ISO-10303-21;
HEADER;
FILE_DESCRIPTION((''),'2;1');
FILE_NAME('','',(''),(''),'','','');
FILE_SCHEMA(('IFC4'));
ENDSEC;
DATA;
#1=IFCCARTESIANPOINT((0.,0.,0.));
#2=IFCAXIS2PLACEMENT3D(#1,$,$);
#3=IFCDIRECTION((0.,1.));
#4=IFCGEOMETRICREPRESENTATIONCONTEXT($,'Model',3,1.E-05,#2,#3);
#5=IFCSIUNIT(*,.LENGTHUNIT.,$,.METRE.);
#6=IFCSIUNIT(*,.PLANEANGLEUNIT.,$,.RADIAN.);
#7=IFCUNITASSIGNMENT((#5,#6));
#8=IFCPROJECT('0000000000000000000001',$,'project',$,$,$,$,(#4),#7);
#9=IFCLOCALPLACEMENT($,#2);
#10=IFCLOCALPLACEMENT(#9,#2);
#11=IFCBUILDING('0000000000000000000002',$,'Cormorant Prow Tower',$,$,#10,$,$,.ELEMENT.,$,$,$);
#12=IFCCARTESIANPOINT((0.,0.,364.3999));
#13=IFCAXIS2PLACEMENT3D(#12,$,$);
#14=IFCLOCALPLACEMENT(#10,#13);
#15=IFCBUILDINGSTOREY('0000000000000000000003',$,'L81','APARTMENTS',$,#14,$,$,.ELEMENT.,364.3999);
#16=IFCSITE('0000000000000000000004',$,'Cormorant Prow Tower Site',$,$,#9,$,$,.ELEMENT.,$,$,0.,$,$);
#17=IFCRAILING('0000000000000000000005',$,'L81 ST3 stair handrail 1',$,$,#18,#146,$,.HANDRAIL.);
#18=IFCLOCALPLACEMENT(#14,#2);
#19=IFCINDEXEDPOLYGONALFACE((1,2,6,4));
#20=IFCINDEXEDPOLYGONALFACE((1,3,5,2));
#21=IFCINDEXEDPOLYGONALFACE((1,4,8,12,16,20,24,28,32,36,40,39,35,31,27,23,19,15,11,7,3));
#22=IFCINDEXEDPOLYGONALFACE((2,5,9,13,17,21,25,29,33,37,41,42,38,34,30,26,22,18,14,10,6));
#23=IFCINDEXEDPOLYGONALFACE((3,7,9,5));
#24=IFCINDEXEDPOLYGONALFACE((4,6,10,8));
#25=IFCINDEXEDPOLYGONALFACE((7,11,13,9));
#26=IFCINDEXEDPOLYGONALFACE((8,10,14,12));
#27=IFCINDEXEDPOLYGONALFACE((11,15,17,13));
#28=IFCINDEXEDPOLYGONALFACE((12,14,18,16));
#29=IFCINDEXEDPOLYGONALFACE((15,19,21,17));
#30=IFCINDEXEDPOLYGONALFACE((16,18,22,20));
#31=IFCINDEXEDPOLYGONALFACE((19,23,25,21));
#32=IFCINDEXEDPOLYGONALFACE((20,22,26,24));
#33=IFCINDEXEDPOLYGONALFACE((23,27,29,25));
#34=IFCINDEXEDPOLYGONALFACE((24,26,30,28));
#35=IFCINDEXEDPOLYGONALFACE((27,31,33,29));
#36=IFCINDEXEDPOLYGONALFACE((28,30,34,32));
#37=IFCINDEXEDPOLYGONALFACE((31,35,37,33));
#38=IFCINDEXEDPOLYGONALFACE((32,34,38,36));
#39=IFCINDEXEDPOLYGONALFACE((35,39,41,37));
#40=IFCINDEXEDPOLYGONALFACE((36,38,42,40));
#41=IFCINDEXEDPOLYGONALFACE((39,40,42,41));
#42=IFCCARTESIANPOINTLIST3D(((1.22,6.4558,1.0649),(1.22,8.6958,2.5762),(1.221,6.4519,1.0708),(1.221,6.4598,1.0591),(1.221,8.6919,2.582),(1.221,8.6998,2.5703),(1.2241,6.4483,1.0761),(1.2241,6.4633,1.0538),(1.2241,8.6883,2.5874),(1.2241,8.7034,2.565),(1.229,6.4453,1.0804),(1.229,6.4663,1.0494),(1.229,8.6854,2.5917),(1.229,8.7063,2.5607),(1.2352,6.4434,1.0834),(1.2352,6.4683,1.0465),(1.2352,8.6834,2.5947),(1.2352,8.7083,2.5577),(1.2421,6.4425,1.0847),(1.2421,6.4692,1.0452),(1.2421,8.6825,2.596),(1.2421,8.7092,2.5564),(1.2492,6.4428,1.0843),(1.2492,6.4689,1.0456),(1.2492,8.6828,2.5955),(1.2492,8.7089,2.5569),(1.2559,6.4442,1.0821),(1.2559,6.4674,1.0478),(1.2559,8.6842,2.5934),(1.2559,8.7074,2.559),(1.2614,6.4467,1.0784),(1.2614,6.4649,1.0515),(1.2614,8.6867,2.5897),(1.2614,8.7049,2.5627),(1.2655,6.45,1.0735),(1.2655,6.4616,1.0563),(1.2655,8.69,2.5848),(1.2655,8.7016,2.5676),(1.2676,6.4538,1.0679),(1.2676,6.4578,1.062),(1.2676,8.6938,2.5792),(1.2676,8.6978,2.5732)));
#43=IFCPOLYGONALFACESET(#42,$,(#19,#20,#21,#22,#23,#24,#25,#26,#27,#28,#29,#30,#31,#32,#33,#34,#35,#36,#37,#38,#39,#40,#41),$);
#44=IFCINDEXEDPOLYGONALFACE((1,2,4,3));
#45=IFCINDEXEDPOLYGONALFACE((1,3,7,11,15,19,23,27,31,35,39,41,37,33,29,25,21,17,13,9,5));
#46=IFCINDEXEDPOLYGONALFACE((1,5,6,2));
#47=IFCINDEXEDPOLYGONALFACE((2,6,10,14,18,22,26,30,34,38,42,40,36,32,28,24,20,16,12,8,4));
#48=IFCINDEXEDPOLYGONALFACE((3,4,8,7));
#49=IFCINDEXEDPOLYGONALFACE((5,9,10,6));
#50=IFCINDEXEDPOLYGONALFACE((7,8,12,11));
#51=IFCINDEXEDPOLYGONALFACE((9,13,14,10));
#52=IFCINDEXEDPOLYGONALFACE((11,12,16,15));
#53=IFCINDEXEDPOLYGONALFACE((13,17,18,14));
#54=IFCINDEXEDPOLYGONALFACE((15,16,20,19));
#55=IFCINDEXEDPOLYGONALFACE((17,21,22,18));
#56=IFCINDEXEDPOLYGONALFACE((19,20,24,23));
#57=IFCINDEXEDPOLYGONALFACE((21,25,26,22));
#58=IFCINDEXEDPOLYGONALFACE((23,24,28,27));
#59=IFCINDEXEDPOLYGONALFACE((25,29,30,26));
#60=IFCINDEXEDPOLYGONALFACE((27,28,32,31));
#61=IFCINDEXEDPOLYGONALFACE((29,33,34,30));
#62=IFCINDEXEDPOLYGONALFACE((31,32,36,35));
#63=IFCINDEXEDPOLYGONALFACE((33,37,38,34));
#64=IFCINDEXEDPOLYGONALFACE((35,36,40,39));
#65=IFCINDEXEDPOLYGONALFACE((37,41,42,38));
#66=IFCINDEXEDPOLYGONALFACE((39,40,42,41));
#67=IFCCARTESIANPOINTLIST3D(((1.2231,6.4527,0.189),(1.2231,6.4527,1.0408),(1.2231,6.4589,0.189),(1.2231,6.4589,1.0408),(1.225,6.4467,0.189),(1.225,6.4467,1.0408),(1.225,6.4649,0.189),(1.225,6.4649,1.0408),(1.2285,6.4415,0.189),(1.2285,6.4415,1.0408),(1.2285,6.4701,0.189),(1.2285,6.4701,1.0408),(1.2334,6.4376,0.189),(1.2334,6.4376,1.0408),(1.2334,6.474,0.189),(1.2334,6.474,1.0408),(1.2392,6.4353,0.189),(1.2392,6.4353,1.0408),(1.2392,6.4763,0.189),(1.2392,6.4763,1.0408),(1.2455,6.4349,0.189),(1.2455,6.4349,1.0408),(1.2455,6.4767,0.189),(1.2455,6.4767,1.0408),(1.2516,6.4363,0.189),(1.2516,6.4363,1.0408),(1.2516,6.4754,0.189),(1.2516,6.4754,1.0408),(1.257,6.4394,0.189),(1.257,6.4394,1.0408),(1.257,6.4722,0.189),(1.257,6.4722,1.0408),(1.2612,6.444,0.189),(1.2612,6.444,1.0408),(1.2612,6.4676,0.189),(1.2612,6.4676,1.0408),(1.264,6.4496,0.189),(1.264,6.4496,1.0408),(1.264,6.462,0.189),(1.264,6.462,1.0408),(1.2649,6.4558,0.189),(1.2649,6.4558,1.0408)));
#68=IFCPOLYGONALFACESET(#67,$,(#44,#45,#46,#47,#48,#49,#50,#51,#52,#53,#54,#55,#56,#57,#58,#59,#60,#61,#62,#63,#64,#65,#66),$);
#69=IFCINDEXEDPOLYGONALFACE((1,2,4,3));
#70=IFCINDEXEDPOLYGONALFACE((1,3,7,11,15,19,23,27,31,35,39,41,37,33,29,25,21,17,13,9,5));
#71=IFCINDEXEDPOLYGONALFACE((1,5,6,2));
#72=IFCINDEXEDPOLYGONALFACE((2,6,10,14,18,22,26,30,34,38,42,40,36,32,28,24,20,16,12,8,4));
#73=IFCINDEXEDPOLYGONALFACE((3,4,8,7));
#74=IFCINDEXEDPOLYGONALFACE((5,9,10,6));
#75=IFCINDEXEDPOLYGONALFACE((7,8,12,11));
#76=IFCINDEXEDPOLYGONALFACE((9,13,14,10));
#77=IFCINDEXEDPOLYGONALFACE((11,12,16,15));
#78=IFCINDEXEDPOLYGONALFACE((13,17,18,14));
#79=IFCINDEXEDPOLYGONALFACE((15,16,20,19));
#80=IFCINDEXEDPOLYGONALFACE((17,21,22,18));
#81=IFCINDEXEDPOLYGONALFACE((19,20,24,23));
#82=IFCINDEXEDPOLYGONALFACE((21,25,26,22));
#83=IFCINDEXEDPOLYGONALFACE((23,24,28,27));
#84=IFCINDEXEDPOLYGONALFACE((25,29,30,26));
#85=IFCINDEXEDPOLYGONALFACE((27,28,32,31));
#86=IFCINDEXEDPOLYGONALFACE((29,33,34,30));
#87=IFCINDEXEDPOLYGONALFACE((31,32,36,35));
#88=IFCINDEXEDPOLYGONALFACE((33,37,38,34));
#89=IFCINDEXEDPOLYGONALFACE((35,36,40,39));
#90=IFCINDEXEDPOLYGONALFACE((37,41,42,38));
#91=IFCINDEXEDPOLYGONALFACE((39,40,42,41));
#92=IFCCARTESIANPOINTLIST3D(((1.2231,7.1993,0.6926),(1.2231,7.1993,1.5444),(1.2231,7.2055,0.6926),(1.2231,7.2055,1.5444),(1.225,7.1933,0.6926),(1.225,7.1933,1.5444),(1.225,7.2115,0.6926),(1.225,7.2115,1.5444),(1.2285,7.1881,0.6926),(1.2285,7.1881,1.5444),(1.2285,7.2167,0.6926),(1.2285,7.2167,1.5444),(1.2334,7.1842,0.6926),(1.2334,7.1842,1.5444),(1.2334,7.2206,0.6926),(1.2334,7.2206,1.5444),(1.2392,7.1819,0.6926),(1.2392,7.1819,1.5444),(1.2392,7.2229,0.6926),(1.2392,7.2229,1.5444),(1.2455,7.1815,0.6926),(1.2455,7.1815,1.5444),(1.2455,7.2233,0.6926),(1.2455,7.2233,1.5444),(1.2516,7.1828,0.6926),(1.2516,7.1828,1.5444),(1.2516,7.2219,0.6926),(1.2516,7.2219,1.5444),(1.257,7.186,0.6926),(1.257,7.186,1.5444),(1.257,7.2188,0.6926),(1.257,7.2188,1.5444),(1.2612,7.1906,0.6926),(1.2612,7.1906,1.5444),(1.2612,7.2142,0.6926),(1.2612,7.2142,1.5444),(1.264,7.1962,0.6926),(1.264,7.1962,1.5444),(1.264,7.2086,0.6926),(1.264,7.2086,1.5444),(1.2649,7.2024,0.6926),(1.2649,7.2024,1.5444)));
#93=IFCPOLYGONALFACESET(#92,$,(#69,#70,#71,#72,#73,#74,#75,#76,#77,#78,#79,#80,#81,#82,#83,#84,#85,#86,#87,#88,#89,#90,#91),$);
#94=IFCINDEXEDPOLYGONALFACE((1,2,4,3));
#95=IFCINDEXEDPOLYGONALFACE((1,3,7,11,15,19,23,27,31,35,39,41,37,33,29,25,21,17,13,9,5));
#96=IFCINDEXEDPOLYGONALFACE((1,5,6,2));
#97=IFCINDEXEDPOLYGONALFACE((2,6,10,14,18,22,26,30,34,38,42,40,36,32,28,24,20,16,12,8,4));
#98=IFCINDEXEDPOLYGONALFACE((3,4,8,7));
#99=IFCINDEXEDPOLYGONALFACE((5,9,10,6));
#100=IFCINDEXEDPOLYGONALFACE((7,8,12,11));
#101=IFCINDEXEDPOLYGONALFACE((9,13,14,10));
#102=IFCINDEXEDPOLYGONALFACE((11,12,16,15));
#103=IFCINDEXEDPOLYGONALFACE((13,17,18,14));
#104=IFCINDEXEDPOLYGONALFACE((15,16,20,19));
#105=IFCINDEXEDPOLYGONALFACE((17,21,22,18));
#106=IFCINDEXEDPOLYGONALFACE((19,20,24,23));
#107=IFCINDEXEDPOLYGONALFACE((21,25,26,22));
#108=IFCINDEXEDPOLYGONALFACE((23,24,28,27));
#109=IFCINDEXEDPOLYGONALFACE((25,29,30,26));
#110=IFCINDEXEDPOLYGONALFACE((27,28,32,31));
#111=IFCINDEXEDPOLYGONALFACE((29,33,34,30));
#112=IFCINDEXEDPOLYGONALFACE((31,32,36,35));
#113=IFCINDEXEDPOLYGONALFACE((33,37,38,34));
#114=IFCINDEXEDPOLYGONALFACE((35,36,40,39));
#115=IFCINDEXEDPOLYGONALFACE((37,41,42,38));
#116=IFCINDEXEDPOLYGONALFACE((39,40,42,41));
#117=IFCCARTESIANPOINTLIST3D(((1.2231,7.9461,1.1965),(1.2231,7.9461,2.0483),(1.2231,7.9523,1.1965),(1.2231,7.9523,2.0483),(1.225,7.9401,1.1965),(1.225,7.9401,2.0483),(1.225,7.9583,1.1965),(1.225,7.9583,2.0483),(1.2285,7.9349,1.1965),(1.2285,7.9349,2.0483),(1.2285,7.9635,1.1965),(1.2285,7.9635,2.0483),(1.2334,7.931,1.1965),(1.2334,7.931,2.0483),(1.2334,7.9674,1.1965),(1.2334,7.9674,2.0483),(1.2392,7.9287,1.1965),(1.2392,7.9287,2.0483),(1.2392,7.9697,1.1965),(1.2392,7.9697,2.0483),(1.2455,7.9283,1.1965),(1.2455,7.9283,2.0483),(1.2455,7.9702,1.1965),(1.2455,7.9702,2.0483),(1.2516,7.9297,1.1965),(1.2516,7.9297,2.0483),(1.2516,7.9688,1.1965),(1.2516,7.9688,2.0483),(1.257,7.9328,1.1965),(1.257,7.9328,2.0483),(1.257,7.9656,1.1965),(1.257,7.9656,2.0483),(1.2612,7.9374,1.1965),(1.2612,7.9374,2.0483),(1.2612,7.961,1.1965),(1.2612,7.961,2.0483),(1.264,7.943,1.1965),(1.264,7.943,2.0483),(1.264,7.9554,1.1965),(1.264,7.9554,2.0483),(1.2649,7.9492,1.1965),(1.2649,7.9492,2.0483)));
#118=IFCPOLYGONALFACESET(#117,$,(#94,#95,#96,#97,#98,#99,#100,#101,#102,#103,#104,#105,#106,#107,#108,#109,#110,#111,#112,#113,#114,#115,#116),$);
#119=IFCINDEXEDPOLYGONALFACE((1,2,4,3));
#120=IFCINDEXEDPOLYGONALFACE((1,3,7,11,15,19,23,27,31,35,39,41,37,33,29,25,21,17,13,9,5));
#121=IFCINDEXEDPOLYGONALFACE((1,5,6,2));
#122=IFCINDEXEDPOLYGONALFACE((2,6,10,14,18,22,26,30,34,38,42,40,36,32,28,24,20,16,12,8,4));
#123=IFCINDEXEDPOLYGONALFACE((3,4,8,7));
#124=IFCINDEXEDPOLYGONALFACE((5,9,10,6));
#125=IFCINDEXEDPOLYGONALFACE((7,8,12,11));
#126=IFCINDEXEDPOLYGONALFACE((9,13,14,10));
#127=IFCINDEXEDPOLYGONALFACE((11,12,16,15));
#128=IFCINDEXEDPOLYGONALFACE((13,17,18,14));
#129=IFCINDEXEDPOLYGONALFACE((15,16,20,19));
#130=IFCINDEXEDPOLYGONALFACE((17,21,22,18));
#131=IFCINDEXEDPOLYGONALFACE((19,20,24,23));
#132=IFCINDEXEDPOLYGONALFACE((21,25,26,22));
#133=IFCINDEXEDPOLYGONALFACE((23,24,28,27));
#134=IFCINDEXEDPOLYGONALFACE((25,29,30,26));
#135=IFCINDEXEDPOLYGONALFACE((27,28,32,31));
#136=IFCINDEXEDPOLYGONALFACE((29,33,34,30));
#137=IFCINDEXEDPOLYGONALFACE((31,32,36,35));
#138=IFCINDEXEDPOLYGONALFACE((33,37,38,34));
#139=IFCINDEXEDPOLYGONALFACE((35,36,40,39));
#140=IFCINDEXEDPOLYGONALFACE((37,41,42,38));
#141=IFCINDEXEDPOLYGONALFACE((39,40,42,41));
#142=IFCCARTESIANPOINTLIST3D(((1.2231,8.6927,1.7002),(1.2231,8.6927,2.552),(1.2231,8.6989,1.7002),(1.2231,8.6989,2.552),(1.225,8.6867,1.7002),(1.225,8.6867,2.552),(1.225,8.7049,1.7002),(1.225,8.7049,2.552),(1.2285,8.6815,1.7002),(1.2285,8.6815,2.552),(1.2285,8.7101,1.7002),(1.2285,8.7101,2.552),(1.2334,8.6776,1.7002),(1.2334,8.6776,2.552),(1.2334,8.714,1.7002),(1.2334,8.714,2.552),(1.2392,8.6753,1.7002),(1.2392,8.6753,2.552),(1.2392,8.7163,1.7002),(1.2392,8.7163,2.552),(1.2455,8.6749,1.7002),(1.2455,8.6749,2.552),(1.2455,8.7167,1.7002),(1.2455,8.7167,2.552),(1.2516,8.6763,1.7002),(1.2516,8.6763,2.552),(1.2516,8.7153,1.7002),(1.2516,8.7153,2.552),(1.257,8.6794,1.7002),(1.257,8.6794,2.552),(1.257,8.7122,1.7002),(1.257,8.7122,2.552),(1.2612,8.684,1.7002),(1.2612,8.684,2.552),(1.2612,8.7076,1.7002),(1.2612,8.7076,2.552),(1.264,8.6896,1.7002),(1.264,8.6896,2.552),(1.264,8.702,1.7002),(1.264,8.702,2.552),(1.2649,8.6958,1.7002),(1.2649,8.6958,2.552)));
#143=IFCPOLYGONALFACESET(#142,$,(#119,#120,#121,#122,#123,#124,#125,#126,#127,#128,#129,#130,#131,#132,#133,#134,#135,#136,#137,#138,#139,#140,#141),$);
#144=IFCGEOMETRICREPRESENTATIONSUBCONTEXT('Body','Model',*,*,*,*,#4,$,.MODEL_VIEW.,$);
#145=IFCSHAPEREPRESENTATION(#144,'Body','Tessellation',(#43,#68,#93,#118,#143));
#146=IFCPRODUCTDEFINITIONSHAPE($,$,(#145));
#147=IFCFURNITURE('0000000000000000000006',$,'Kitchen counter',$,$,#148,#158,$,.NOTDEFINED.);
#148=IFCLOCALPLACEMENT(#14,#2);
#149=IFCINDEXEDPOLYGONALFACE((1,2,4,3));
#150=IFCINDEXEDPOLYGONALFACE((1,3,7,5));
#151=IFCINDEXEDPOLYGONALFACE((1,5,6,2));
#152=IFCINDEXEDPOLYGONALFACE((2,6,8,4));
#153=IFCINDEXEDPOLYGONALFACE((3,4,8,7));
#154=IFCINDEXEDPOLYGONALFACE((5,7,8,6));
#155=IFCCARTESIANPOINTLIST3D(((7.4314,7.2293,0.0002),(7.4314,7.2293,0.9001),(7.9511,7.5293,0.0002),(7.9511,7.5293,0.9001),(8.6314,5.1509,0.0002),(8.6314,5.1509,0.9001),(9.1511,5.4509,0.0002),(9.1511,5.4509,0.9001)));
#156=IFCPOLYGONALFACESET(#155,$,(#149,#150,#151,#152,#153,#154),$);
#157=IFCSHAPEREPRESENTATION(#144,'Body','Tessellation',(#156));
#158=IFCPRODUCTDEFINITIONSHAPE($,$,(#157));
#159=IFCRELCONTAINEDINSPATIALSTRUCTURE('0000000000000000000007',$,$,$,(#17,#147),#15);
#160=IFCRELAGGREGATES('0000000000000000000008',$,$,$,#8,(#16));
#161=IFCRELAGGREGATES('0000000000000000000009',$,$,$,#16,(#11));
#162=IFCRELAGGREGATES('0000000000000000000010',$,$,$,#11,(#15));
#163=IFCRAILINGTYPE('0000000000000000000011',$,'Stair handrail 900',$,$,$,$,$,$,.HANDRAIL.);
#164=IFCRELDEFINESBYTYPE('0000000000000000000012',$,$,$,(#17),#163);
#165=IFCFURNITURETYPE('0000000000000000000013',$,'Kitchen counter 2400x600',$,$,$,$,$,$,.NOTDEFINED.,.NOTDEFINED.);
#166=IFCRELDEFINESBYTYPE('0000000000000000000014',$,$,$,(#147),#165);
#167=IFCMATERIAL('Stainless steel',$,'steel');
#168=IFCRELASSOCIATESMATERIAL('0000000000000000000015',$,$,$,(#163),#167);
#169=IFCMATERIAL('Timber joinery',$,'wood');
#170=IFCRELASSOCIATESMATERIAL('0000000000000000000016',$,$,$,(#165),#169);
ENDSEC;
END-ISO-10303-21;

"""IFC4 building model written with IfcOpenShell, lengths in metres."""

from ifc_helpers import new_model, si_unit, direction, frame, origin, origin_2d, place, context, subcontext, project, spatial, rectangle, circle, extrude, material, type_object, element, save


model = new_model("IFC4")

# Units and contexts
model_context = context("Model", 3, precision=1e-05, world=origin(), true_north=direction((0.0, 1.0)))
body_context = subcontext(model_context, "Body", "Model", "MODEL_VIEW")
ifc_project = project(units=[si_unit("LENGTHUNIT", "METRE"), si_unit("PLANEANGLEUNIT", "RADIAN")], contexts=[model_context])

# Site, building, storey
site_placement = place(None, origin())
site = spatial("IfcSite", under=ifc_project, at=site_placement, Name="Cormorant Prow Tower Site", CompositionType="ELEMENT", RefElevation=0.0)
building_placement = place(site_placement, origin())
building = spatial("IfcBuilding", under=site, at=building_placement, Name="Cormorant Prow Tower", CompositionType="ELEMENT")
storey_placement = place(building_placement, frame((0.0, 0.0, 364.3999)))
storey = spatial("IfcBuildingStorey", under=building, at=storey_placement, Name="L81", Description="APARTMENTS", CompositionType="ELEMENT", Elevation=364.3999)

# Railing
ifc_material_1 = material(Name="Stainless steel", Category="steel")
railing_type_1 = type_object("IfcRailingType", Name="Stair handrail 900", PredefinedType="HANDRAIL", material=ifc_material_1)
railing_1_placement = place(storey_placement, frame((1.2439, 6.4558, 0.189)))
element("IfcRailing", 1, at=railing_1_placement, inside=storey, type_object=railing_type_1, Name="L81 ST3 stair handrail 1", PredefinedType="HANDRAIL", context=body_context, shape_type="SweptSolid", body=[
    extrude(circle(Radius=0.0239, at=origin_2d()), frame((0.0, 0.0, 0.876), z_axis=(0.0, 0.82898, 0.559279), x_axis=(-1.0, 0.0, 0.0)), (0.0, 0.0, 1.0), 2.7021),
    extrude(circle(Radius=0.021, at=origin_2d()), origin(), (0.0, 0.0, 1.0), 0.8518),
    extrude(circle(Radius=0.021, at=origin_2d()), frame((0.0, 0.7466, 0.5037)), (0.0, 0.0, 1.0), 0.8518),
    extrude(circle(Radius=0.021, at=origin_2d()), frame((0.0, 1.4934, 1.0076)), (0.0, 0.0, 1.0), 0.8518),
    extrude(circle(Radius=0.021, at=origin_2d()), frame((0.0, 2.24, 1.5112)), (0.0, 0.0, 1.0), 0.8518),
])

# Furniture
ifc_material_2 = material(Name="Timber joinery", Category="wood")
furniture_type = type_object("IfcFurnitureType", Name="Kitchen counter 2400x600", AssemblyPlace="NOTDEFINED", PredefinedType="NOTDEFINED", material=ifc_material_2)
furniture_placement = place(storey_placement, frame((8.2913, 6.3401, 0.0002), z_axis=(0.0, 0.0, 1.0), x_axis=(-0.5, 0.866025, 0.0)))
element("IfcFurniture", 2, at=furniture_placement, inside=storey, type_object=furniture_type, Name="Kitchen counter", PredefinedType="NOTDEFINED", context=body_context, shape_type="SweptSolid", body=[
    extrude(rectangle(XDim=2.3999, YDim=0.6001, at=origin_2d()), origin(), (0.0, 0.0, 1.0), 0.8999),
])

save(model, "model.ifc")
